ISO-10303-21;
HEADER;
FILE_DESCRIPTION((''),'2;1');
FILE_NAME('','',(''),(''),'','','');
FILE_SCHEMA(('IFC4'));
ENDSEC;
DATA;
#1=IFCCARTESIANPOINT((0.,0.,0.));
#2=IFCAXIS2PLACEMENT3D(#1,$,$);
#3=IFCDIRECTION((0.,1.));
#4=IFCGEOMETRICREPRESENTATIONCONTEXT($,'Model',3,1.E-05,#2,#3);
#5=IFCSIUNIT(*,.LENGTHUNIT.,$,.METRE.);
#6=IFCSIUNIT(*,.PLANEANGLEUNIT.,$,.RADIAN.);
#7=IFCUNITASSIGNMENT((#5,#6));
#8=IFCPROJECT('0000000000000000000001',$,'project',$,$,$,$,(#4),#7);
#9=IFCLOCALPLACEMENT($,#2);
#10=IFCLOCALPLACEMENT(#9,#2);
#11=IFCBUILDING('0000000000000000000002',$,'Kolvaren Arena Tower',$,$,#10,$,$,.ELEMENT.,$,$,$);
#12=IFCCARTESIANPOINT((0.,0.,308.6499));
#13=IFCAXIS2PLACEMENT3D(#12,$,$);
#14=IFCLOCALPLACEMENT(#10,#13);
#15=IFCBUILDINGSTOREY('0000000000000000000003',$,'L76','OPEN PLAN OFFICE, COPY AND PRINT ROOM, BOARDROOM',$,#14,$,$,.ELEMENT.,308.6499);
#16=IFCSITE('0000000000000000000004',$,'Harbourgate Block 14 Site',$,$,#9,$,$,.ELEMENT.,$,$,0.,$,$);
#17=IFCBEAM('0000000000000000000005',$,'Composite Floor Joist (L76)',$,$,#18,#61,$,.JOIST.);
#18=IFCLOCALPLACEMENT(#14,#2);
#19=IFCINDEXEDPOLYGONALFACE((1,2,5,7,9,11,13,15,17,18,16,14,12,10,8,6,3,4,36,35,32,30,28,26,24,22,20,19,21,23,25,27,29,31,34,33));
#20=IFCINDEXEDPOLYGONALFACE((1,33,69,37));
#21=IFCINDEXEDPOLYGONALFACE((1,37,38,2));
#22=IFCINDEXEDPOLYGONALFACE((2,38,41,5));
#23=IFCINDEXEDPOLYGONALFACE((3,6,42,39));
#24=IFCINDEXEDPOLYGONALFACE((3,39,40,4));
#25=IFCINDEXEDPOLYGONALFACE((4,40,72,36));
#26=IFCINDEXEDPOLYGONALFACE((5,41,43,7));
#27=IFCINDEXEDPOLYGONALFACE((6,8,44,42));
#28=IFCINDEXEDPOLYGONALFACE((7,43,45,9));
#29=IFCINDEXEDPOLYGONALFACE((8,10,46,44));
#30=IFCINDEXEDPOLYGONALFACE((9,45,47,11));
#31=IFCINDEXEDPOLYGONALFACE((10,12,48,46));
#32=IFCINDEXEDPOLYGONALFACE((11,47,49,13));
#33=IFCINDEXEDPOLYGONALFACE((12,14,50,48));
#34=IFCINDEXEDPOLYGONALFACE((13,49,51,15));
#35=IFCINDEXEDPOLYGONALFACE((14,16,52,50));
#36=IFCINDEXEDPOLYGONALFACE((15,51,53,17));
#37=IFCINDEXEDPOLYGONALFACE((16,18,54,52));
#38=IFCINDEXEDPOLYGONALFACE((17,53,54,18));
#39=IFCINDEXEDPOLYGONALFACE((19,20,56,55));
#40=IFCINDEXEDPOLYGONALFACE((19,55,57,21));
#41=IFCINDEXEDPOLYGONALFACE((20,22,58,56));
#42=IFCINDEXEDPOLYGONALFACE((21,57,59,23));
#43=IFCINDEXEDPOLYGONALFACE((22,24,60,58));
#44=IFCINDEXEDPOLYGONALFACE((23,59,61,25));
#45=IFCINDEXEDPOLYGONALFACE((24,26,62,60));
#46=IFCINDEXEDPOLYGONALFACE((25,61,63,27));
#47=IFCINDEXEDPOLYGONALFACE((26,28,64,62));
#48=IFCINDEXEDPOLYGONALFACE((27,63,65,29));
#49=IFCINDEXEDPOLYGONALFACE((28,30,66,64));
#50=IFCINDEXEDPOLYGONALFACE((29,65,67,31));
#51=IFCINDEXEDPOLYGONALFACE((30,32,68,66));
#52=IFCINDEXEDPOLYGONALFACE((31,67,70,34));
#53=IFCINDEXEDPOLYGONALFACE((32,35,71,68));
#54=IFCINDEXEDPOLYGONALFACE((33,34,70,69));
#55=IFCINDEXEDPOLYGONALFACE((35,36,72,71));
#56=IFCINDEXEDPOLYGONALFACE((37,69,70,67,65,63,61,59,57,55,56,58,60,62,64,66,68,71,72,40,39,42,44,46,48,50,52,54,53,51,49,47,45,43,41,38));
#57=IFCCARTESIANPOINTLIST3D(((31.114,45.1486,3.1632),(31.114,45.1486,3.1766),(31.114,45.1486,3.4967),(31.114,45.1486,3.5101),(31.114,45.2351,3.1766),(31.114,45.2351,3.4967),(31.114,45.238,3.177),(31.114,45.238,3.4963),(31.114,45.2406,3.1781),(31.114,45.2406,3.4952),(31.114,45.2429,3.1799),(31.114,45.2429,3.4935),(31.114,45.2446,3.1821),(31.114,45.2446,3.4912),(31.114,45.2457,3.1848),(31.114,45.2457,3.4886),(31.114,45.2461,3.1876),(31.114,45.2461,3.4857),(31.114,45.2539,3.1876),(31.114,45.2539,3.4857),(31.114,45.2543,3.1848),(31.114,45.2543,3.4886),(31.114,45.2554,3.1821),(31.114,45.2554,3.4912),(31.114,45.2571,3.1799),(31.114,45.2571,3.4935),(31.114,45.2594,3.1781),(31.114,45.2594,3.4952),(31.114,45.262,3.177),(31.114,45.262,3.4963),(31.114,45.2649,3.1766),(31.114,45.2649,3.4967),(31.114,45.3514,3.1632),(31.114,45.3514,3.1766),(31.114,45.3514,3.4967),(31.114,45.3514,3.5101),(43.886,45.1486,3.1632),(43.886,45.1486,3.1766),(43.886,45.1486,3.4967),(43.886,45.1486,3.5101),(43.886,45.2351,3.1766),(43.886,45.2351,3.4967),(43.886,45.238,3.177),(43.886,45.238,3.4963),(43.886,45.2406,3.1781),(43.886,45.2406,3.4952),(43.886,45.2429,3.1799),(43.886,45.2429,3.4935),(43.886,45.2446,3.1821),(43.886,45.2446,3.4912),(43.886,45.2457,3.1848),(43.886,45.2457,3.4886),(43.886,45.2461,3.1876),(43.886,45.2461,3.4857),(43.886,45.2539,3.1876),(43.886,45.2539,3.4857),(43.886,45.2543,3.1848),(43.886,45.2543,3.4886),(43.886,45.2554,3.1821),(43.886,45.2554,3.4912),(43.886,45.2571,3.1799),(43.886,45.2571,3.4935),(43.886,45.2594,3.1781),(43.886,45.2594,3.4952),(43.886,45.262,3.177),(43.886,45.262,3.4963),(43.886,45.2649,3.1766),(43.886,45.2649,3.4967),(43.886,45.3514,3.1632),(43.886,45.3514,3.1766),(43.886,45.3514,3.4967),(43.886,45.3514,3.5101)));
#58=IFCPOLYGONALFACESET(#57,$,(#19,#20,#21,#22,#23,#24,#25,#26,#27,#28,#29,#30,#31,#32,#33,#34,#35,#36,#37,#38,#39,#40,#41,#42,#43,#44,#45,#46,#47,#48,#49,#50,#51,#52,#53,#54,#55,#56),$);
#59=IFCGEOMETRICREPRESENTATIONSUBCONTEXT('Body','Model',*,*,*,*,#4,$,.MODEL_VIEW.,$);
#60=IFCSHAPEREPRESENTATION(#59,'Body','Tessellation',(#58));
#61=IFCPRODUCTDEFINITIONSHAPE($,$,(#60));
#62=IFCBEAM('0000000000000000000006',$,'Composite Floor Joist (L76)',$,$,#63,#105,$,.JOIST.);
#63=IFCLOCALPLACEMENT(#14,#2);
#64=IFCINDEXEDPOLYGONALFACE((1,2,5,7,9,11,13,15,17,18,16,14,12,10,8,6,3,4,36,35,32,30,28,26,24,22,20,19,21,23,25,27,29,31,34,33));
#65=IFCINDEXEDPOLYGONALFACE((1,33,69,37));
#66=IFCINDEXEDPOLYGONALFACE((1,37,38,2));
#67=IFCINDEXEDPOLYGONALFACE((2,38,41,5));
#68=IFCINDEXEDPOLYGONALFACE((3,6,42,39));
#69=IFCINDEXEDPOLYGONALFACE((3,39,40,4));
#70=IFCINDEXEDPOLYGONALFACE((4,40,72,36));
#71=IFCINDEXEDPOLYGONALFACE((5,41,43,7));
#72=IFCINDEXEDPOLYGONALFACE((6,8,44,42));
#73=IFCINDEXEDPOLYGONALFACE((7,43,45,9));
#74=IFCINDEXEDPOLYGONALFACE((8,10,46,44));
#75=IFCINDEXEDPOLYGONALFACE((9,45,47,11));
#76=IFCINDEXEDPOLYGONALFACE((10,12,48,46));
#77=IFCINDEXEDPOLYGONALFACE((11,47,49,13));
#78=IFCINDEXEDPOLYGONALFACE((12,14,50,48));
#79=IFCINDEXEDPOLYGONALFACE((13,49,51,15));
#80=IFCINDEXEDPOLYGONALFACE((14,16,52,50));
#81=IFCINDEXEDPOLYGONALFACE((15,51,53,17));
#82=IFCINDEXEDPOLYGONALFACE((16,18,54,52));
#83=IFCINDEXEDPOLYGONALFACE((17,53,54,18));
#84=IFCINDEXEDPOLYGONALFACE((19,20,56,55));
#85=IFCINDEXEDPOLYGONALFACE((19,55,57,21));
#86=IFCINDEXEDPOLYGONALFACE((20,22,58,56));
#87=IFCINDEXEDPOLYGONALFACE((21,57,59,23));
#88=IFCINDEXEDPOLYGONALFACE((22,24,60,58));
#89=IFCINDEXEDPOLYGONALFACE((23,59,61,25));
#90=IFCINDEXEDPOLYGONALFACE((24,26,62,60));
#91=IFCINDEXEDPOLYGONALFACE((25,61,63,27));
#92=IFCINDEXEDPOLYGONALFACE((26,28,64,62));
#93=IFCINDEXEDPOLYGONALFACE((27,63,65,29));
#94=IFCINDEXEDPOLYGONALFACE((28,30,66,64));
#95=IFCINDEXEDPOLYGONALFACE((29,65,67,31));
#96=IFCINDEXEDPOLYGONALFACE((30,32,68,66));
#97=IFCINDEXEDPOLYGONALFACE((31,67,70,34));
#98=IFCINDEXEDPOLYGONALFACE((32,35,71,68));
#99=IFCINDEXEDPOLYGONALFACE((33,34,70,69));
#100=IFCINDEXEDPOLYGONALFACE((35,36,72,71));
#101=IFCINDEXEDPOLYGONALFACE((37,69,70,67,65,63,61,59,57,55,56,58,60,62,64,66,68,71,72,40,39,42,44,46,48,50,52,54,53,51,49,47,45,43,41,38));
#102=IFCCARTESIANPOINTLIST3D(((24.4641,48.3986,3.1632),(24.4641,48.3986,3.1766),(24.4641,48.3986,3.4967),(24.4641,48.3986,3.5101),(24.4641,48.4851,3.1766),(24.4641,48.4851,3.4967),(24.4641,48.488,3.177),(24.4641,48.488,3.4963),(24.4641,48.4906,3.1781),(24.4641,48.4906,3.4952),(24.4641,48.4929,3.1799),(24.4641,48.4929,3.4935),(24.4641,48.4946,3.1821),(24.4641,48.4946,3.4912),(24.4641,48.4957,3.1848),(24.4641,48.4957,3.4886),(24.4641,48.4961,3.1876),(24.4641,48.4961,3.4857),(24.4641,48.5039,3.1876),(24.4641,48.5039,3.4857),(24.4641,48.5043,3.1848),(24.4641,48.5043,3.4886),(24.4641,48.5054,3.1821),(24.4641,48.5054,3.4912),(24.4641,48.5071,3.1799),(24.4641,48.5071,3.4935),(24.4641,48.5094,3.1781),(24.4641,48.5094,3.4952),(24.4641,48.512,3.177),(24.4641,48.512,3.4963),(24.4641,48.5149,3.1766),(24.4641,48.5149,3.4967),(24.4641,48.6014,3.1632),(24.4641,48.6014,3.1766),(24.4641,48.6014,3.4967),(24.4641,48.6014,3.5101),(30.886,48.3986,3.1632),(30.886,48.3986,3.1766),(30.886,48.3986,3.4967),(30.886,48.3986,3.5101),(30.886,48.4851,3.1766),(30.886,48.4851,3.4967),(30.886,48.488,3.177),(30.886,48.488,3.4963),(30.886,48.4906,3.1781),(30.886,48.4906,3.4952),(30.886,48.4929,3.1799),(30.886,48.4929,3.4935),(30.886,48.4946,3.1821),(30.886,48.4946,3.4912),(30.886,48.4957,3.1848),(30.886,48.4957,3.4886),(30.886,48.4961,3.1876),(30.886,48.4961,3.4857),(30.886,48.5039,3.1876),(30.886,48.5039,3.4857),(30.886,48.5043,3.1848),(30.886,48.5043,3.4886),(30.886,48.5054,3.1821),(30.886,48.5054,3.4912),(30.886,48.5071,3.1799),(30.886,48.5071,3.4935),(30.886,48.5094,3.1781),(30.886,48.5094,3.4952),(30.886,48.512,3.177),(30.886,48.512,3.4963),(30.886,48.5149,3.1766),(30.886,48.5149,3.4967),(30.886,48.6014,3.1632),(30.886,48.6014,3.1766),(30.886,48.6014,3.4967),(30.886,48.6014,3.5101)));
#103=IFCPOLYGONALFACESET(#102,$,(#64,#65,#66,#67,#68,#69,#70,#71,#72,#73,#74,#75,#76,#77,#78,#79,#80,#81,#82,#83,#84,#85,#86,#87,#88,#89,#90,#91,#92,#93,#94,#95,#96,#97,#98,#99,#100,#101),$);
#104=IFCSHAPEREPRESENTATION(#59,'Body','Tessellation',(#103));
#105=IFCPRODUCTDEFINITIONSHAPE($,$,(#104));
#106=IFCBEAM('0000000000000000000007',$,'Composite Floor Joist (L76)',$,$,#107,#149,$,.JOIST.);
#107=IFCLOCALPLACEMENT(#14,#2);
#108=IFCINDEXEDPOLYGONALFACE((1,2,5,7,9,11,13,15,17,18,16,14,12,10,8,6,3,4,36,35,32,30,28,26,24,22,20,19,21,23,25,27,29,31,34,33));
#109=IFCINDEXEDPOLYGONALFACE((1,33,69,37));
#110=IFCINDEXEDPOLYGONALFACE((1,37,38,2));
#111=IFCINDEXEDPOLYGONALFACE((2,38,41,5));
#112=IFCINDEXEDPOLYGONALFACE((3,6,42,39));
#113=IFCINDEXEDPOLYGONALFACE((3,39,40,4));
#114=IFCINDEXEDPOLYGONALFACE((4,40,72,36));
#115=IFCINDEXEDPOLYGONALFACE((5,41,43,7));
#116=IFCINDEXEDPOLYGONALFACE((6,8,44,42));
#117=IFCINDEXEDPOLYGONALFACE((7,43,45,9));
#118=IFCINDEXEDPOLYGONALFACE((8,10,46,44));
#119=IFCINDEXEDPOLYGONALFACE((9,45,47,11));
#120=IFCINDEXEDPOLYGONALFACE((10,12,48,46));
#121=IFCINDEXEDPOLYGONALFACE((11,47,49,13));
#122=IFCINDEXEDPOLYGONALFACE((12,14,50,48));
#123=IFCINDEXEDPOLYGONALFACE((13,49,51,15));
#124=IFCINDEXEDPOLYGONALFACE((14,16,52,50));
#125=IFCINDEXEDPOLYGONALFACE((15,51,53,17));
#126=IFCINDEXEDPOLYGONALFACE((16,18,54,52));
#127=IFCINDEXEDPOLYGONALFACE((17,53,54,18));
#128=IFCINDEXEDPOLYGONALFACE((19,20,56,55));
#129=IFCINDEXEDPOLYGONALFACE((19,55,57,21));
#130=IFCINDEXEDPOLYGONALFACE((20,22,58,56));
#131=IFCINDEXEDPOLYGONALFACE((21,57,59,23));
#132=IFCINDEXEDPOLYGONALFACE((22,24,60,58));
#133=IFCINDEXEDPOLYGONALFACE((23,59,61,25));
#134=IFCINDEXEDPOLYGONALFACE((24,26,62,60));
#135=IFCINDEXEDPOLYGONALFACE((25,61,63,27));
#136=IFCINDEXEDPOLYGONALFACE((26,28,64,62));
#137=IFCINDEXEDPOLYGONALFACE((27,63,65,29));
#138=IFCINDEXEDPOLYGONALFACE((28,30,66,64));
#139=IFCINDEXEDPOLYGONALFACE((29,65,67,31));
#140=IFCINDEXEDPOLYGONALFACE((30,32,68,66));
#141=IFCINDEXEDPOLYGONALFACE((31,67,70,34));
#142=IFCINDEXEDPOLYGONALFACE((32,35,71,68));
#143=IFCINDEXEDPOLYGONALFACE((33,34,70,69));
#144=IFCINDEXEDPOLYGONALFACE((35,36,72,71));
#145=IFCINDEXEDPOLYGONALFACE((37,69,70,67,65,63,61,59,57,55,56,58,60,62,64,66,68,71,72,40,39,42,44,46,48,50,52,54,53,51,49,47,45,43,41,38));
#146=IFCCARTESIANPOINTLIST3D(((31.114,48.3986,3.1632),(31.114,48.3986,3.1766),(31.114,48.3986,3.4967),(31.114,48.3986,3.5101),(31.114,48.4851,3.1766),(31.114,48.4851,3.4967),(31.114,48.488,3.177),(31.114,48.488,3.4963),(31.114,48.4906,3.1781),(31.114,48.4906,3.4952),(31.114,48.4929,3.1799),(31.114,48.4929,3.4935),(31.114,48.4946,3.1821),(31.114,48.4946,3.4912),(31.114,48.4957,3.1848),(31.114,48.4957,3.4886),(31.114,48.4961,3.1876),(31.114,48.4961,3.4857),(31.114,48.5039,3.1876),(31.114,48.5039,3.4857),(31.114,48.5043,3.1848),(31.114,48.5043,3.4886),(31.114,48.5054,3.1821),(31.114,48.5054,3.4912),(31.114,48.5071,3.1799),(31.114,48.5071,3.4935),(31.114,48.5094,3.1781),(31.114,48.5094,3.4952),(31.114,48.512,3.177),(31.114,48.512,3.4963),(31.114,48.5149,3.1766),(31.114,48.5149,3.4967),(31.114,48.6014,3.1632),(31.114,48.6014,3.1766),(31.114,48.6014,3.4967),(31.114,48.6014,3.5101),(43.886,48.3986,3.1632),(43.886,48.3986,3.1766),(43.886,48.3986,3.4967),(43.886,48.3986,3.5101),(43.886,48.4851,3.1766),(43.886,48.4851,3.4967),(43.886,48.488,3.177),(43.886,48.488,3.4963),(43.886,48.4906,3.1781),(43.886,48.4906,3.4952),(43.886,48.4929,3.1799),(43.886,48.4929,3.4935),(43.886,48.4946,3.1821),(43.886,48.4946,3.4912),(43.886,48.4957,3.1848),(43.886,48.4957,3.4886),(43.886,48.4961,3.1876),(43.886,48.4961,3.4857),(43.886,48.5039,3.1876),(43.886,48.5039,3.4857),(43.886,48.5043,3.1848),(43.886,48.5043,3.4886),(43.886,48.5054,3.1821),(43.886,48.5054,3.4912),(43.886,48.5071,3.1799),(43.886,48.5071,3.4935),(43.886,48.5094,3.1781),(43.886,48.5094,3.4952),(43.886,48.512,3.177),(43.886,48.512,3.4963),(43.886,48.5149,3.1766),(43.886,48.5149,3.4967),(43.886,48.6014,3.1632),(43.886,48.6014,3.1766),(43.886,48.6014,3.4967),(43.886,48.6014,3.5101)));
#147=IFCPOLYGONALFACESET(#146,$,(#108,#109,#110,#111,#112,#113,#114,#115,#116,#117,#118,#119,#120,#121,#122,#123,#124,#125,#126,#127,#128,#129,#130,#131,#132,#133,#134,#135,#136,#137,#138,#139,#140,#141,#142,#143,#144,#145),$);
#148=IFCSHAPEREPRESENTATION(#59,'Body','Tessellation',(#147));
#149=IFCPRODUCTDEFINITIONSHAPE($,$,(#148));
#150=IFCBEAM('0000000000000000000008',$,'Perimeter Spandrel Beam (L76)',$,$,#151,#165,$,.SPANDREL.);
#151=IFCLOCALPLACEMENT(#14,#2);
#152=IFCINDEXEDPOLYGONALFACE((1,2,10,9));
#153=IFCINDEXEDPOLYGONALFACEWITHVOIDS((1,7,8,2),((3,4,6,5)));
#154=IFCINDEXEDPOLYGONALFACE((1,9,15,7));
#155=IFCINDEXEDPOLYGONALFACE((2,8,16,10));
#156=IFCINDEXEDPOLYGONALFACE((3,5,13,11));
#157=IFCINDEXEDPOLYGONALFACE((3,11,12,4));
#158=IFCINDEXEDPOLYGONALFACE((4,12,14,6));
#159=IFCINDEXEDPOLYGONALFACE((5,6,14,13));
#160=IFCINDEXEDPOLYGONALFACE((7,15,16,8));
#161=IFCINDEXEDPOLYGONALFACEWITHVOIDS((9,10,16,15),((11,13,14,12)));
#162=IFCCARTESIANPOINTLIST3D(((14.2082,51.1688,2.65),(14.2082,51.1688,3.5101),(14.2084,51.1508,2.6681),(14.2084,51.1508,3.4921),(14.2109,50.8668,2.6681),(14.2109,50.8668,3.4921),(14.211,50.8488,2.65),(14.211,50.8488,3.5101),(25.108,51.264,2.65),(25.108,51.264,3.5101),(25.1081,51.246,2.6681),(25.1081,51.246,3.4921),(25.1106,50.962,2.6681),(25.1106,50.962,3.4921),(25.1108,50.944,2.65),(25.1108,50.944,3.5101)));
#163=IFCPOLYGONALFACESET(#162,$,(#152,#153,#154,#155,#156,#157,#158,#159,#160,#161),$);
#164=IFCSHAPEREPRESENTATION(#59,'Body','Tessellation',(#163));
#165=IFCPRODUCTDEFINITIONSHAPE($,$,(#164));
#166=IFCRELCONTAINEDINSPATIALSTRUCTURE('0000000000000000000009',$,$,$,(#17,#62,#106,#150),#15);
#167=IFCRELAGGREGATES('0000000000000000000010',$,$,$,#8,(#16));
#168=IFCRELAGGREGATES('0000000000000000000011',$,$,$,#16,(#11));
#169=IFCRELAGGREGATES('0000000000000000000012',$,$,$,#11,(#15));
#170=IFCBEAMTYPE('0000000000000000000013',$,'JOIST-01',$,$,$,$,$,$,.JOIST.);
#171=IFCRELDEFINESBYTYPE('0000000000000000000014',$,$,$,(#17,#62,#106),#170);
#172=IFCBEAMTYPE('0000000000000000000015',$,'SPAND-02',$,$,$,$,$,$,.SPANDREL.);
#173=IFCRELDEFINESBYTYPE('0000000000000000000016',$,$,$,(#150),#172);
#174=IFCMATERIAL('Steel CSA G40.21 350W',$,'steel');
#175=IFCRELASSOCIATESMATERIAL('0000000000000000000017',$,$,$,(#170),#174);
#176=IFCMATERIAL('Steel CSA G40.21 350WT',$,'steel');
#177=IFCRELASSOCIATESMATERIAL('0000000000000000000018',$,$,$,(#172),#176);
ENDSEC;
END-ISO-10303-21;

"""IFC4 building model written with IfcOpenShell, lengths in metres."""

from ifc_helpers import new_model, si_unit, direction, frame, origin, origin_2d, place, context, subcontext, project, spatial, hollow_rectangle, i_section, extrude, material, material_profile, profile_set, type_object, element, save


model = new_model("IFC4")

# Units and contexts
model_context = context("Model", 3, precision=1e-05, world=origin(), true_north=direction((0.0, 1.0)))
body_context = subcontext(model_context, "Body", "Model", "MODEL_VIEW")
ifc_project = project(units=[si_unit("LENGTHUNIT", "METRE"), si_unit("PLANEANGLEUNIT", "RADIAN")], contexts=[model_context])

# Site, building, storey
site_placement = place(None, origin())
site = spatial("IfcSite", under=ifc_project, at=site_placement, Name="Harbourgate Block 14 Site", CompositionType="ELEMENT", RefElevation=0.0)
building_placement = place(site_placement, origin())
building = spatial("IfcBuilding", under=site, at=building_placement, Name="Kolvaren Arena Tower", CompositionType="ELEMENT")
storey_placement = place(building_placement, frame((0.0, 0.0, 308.6499)))
storey = spatial("IfcBuildingStorey", under=building, at=storey_placement, Name="L76", Description="OPEN PLAN OFFICE, COPY AND PRINT ROOM, BOARDROOM", CompositionType="ELEMENT", Elevation=308.6499)

# Beams
ifc_material_1 = material(Name="Steel CSA G40.21 350W", Category="steel")
ifc_material_profile_1 = material_profile(ifc_material_1, i_section(OverallWidth=0.2029, OverallDepth=0.3469, WebThickness=0.0078, FlangeThickness=0.0134, FilletRadius=0.011, at=origin_2d()), Name="W360x64")
ifc_profile_set_1 = profile_set([ifc_material_profile_1], Name="Steel CSA G40.21 350W")
beam_type_1 = type_object("IfcBeamType", Name="JOIST-01", PredefinedType="JOIST", material=ifc_profile_set_1)
beam_1_placement = place(storey_placement, frame((31.114, 45.25, 3.3367), z_axis=(1.0, 0.0, 0.0), x_axis=(0.0, 1.0, 0.0)))
element("IfcBeam", 1, at=beam_1_placement, inside=storey, type_object=beam_type_1, Name="Composite Floor Joist (L76)", PredefinedType="JOIST", context=body_context, shape_type="SweptSolid", body=[
    extrude(i_section(OverallWidth=0.2029, OverallDepth=0.3469, WebThickness=0.0078, FlangeThickness=0.0134, FilletRadius=0.011, at=origin_2d()), origin(), (0.0, 0.0, 1.0), 12.772),
])
beam_2_placement = place(storey_placement, frame((24.4641, 48.5, 3.3367), z_axis=(1.0, 0.0, 0.0), x_axis=(0.0, 1.0, 0.0)))
element("IfcBeam", 2, at=beam_2_placement, inside=storey, type_object=beam_type_1, Name="Composite Floor Joist (L76)", PredefinedType="JOIST", context=body_context, shape_type="SweptSolid", body=[
    extrude(i_section(OverallWidth=0.2029, OverallDepth=0.3469, WebThickness=0.0078, FlangeThickness=0.0134, FilletRadius=0.011, at=origin_2d()), origin(), (0.0, 0.0, 1.0), 6.4219),
])
beam_3_placement = place(storey_placement, frame((31.114, 48.5, 3.3367), z_axis=(1.0, 0.0, 0.0), x_axis=(0.0, 1.0, 0.0)))
element("IfcBeam", 3, at=beam_3_placement, inside=storey, type_object=beam_type_1, Name="Composite Floor Joist (L76)", PredefinedType="JOIST", context=body_context, shape_type="SweptSolid", body=[
    extrude(i_section(OverallWidth=0.2029, OverallDepth=0.3469, WebThickness=0.0078, FlangeThickness=0.0134, FilletRadius=0.011, at=origin_2d()), origin(), (0.0, 0.0, 1.0), 12.772),
])
ifc_material_2 = material(Name="Steel CSA G40.21 350WT", Category="steel")
ifc_material_profile_2 = material_profile(ifc_material_2, hollow_rectangle(XDim=0.3201, YDim=0.8601, WallThickness=0.0181, at=origin_2d()), Name="HSS 860x320x18")
ifc_profile_set_2 = profile_set([ifc_material_profile_2], Name="Steel CSA G40.21 350WT")
beam_type_2 = type_object("IfcBeamType", Name="SPAND-02", PredefinedType="SPANDREL", material=ifc_profile_set_2)
beam_4_placement = place(storey_placement, frame((25.1094, 51.104, 3.0801), z_axis=(-0.999962, -0.008735, 0.0), x_axis=(0.008735, -0.999962, 0.0)))
element("IfcBeam", 4, at=beam_4_placement, inside=storey, type_object=beam_type_2, Name="Perimeter Spandrel Beam (L76)", PredefinedType="SPANDREL", context=body_context, shape_type="SweptSolid", body=[
    extrude(hollow_rectangle(XDim=0.3201, YDim=0.8601, WallThickness=0.0181, at=origin_2d()), origin(), (0.0, 0.0, 1.0), 10.9001),
])

save(model, "model.ifc")
